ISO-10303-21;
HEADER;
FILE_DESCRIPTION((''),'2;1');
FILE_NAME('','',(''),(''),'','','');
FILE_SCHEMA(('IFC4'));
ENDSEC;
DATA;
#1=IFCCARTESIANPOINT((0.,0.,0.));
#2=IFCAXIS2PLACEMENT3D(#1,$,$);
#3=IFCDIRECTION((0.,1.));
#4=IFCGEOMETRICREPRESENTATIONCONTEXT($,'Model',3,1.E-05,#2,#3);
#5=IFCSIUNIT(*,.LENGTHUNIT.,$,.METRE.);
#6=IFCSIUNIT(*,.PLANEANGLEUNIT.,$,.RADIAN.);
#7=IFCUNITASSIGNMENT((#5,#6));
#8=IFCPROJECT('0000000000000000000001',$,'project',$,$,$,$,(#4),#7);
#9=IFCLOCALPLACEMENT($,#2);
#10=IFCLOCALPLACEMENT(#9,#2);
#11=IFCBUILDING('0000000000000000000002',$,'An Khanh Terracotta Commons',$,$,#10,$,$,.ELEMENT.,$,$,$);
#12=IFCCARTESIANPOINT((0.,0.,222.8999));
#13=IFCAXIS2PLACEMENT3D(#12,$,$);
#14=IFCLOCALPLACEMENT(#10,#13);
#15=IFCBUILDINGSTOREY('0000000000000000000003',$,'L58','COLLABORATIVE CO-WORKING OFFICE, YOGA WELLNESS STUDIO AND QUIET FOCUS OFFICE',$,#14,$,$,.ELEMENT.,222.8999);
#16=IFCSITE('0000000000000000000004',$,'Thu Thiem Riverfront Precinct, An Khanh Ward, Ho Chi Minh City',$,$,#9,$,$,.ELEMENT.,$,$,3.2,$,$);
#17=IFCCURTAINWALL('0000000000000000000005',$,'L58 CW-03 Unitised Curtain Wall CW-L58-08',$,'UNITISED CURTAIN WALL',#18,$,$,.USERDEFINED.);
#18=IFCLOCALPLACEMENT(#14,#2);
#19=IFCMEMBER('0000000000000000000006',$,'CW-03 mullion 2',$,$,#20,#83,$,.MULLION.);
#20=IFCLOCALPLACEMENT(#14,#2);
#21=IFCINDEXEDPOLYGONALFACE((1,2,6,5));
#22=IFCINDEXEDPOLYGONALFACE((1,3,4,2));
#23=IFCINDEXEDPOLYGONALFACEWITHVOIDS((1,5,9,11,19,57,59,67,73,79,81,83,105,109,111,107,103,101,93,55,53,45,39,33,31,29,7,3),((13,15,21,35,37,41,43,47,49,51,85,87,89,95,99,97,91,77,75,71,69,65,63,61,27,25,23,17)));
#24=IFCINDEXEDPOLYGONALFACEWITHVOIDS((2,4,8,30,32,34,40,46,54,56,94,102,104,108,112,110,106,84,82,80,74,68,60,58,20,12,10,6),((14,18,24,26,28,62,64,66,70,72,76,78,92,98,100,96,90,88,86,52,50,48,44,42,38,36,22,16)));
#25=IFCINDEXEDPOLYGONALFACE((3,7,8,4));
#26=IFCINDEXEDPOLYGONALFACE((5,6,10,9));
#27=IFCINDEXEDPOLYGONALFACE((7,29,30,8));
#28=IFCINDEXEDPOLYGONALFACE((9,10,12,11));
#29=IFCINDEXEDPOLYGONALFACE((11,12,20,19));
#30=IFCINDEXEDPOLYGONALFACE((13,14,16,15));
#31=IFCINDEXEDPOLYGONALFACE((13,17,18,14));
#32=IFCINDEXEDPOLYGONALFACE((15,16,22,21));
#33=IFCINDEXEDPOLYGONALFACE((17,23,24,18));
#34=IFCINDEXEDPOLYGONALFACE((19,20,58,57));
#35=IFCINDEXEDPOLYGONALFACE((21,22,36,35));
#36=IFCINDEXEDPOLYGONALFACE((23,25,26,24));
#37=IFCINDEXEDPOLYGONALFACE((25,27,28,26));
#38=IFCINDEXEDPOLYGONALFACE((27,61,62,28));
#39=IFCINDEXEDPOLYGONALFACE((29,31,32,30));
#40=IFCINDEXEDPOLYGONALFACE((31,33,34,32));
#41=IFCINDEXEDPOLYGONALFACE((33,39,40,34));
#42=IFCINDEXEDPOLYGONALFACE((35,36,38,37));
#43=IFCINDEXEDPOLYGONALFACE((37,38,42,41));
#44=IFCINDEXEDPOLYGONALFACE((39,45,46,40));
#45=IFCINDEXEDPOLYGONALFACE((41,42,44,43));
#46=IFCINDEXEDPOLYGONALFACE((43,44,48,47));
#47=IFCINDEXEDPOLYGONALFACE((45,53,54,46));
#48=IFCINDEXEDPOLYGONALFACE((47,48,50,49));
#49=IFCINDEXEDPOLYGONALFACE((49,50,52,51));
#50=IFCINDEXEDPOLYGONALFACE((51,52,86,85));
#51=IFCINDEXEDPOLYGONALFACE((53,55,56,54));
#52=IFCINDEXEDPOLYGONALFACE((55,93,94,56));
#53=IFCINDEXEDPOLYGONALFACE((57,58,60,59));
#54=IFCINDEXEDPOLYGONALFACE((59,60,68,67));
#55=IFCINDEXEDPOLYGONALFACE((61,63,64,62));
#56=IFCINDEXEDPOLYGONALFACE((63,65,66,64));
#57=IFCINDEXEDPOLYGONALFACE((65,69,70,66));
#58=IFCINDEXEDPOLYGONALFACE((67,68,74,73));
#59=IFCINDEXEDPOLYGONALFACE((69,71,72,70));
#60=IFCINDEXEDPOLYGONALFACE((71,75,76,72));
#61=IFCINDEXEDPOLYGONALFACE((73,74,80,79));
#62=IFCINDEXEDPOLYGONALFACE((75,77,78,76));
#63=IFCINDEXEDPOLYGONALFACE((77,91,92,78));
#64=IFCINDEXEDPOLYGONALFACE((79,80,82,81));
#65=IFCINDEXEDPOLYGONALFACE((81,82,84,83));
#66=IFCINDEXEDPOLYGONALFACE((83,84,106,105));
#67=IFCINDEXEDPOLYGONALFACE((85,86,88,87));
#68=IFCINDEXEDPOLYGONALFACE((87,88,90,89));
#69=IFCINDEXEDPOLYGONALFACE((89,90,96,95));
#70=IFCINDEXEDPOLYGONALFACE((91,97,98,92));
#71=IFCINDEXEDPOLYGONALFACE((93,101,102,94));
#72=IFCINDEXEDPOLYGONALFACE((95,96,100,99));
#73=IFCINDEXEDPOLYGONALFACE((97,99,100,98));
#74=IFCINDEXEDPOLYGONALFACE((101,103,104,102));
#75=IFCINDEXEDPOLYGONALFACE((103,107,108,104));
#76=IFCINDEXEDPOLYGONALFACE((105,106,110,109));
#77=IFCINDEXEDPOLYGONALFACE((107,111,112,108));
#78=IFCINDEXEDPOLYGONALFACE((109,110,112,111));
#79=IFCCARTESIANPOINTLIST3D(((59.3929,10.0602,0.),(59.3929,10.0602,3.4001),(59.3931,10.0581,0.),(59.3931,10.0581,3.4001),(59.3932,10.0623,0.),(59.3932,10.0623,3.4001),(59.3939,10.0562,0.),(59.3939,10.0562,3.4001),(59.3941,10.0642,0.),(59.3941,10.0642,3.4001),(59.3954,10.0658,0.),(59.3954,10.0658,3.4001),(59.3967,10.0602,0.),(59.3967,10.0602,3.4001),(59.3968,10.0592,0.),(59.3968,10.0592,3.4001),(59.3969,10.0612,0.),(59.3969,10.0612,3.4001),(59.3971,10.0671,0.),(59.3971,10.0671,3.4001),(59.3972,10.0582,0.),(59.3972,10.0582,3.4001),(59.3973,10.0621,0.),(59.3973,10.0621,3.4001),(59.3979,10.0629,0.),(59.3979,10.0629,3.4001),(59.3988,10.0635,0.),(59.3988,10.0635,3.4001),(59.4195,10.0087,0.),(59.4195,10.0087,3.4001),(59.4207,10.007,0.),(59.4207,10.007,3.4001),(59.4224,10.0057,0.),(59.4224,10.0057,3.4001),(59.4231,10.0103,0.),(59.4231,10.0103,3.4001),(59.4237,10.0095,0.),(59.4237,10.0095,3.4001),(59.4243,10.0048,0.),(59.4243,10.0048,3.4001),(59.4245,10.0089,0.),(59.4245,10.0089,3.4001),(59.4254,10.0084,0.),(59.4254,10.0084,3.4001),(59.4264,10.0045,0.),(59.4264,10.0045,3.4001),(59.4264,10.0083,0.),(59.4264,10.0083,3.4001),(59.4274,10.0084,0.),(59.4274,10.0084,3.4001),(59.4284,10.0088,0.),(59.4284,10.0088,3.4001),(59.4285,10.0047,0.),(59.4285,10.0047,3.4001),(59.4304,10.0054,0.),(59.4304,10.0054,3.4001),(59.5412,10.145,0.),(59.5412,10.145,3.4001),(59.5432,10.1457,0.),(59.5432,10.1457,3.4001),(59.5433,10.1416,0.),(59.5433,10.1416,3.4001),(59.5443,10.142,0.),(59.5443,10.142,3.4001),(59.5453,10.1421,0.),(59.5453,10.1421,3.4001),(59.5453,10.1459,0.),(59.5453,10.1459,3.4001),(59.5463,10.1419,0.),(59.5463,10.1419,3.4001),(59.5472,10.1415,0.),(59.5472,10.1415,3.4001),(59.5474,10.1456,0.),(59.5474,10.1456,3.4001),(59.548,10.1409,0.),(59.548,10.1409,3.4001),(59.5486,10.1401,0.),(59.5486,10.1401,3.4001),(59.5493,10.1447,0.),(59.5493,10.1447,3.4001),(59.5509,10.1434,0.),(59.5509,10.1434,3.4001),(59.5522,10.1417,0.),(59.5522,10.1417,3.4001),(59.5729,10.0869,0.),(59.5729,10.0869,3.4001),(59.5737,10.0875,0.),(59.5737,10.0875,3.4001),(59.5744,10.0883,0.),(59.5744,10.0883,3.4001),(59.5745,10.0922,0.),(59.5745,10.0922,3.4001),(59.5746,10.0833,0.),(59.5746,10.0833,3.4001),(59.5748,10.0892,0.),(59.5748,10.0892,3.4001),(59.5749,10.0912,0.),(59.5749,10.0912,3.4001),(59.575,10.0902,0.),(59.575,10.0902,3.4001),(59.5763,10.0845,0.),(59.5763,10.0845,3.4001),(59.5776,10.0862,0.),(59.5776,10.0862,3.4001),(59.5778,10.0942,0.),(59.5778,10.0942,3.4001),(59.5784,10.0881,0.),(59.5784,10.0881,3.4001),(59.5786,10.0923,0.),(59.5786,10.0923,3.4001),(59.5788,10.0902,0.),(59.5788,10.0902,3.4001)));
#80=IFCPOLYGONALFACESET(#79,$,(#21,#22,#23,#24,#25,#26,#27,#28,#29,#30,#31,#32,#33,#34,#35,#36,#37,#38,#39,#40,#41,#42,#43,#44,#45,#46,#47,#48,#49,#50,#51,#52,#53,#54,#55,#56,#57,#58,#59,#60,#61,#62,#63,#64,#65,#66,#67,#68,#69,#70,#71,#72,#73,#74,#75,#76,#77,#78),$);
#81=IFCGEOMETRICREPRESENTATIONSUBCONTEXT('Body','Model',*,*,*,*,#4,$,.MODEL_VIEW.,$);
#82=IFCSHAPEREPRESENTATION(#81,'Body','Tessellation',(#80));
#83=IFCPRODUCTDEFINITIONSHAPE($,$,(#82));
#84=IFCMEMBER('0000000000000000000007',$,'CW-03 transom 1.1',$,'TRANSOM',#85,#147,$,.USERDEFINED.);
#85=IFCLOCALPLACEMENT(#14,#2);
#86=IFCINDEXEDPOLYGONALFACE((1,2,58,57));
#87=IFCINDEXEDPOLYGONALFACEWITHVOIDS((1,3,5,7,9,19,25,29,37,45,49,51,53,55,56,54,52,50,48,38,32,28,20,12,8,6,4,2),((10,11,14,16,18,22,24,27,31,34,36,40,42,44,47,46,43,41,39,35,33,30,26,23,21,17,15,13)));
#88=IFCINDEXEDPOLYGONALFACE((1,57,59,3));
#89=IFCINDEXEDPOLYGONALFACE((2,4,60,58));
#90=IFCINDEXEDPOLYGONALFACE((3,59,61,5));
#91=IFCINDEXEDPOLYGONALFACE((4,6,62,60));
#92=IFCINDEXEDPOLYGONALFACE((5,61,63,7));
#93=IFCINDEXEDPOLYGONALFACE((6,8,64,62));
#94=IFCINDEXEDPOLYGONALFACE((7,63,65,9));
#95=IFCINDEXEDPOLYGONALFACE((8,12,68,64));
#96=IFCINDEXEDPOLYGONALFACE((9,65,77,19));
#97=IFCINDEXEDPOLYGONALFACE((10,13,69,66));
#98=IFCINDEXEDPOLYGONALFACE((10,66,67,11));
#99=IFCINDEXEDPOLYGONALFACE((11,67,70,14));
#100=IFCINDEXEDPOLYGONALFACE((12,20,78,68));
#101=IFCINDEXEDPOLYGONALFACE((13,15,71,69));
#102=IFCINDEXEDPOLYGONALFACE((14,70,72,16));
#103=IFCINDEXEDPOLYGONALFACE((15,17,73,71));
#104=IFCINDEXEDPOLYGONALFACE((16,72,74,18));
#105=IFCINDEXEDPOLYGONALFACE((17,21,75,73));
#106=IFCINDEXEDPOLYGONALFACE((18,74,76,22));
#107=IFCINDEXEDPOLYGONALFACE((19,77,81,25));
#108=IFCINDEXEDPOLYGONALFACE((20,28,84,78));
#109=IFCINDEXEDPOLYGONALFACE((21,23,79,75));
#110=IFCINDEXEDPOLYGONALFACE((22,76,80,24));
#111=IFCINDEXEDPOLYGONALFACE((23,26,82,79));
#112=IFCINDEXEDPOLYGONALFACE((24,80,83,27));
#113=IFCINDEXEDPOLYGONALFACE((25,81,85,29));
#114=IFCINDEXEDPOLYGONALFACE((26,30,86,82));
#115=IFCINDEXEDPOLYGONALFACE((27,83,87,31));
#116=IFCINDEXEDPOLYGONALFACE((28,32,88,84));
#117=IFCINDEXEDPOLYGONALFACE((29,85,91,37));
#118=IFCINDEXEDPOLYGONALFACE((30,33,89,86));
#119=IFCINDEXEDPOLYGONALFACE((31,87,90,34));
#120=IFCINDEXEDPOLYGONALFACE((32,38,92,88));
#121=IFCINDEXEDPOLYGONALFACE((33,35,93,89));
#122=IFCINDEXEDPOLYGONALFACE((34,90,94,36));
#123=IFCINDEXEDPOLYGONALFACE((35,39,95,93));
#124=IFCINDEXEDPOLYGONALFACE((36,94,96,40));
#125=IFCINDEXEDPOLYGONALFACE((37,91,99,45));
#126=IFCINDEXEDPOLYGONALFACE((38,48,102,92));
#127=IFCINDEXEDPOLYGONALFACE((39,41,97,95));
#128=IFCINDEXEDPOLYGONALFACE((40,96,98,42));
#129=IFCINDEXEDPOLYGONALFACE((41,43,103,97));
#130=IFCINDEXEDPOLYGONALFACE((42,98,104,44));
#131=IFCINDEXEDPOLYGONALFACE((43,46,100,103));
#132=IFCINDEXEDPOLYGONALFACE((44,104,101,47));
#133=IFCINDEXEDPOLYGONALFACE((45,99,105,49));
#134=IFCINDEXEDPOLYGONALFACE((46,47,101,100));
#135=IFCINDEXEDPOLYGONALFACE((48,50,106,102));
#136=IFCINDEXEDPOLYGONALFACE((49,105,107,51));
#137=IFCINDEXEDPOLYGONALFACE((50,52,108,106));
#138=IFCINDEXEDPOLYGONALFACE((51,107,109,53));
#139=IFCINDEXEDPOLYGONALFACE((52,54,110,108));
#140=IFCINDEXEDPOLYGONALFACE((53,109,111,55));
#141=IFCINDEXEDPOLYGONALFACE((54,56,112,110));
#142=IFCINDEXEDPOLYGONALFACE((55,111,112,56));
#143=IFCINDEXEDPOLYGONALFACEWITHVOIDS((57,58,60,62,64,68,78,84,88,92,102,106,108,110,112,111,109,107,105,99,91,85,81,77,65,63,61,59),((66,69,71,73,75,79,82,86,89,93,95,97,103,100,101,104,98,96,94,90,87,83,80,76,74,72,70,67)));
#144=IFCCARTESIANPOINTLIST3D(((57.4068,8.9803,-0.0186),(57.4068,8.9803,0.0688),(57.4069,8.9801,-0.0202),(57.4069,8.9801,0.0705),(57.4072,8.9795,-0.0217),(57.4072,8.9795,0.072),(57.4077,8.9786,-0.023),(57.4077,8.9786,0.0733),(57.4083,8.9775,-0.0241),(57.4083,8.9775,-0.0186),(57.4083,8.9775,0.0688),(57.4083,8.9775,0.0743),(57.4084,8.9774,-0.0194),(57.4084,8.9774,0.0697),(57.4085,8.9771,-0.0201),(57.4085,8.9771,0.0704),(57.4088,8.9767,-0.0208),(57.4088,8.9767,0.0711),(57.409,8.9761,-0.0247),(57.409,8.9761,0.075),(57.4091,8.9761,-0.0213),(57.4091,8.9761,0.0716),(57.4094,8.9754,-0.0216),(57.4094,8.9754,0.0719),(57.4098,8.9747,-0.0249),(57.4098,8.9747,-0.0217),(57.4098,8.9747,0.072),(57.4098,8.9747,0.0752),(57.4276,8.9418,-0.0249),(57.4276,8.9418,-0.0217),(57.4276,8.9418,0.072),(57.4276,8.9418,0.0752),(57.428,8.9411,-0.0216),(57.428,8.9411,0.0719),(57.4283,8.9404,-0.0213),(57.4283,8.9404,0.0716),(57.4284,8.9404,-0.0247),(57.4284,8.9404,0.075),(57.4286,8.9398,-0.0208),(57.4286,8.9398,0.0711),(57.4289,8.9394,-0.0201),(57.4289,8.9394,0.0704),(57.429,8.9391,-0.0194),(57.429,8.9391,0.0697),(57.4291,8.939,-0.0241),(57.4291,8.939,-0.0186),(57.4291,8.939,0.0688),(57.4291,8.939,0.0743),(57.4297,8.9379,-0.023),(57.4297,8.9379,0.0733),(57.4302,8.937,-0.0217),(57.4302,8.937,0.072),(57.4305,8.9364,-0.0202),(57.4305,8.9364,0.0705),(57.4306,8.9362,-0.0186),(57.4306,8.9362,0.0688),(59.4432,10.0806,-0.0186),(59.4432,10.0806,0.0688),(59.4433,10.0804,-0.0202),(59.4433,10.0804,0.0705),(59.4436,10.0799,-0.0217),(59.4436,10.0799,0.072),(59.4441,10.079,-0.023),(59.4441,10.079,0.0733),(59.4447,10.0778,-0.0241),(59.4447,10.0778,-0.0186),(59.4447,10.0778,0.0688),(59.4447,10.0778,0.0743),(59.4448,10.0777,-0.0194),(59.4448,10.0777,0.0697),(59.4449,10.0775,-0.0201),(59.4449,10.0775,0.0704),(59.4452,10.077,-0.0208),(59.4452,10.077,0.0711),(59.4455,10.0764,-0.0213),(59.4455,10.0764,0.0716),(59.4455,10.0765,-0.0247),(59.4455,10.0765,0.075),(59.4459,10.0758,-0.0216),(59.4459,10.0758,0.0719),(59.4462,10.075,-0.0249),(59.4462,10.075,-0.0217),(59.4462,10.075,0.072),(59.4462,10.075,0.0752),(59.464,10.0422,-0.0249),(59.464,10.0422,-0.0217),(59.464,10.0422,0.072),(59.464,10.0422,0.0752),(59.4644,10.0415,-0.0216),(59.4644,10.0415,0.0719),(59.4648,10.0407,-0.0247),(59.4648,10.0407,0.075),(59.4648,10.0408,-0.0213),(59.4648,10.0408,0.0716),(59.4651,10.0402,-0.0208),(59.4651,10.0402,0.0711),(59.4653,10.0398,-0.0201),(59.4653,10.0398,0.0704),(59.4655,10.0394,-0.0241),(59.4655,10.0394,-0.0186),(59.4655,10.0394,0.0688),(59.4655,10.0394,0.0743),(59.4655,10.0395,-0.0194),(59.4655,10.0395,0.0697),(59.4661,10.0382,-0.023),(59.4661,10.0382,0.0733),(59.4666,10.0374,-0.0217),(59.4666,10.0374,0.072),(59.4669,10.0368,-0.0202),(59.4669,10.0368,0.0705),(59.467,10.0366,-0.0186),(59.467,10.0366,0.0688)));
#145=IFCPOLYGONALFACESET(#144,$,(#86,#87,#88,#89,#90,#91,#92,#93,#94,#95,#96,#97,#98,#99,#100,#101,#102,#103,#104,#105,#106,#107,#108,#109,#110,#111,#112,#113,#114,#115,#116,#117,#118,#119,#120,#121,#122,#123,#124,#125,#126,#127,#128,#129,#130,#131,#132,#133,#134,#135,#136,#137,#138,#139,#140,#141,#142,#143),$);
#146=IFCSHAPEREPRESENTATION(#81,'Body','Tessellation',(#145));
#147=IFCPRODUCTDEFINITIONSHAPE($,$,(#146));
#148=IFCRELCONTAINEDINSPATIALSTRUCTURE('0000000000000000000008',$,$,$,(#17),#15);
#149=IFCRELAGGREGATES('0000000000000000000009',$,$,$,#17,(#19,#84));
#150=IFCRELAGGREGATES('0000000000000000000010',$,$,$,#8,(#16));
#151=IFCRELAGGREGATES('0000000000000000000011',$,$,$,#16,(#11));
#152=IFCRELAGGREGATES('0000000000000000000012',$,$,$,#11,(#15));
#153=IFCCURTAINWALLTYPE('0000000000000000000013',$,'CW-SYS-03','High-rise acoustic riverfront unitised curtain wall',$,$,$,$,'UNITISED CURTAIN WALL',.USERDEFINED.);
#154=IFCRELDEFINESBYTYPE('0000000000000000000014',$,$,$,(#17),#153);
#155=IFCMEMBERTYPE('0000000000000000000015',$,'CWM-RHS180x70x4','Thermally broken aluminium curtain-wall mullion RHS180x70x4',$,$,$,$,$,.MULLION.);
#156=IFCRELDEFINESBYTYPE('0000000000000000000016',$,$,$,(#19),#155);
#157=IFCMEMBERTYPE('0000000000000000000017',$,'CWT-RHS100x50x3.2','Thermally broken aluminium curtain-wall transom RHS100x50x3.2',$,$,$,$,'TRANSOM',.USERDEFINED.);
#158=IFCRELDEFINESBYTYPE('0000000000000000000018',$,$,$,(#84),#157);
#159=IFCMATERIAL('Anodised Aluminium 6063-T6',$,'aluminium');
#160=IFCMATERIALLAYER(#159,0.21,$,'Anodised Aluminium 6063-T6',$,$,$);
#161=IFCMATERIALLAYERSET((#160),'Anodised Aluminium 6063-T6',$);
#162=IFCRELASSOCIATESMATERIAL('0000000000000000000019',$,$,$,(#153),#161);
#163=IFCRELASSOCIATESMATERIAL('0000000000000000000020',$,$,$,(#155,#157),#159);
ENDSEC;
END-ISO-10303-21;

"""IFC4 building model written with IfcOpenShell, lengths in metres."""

from ifc_helpers import new_model, si_unit, direction, frame, origin, origin_2d, place, context, subcontext, project, spatial, hollow_rectangle, extrude, material, layer, layer_set, material_profile, profile_set, type_object, element, aggregate, save


model = new_model("IFC4")

# Units and contexts
model_context = context("Model", 3, precision=1e-05, world=origin(), true_north=direction((0.0, 1.0)))
body_context = subcontext(model_context, "Body", "Model", "MODEL_VIEW")
ifc_project = project(units=[si_unit("LENGTHUNIT", "METRE"), si_unit("PLANEANGLEUNIT", "RADIAN")], contexts=[model_context])

# Site, building, storey
site_placement = place(None, origin())
site = spatial("IfcSite", under=ifc_project, at=site_placement, Name="Thu Thiem Riverfront Precinct, An Khanh Ward, Ho Chi Minh City", CompositionType="ELEMENT", RefElevation=3.2)
building_placement = place(site_placement, origin())
building = spatial("IfcBuilding", under=site, at=building_placement, Name="An Khanh Terracotta Commons", CompositionType="ELEMENT")
storey_placement = place(building_placement, frame((0.0, 0.0, 222.8999)))
storey = spatial("IfcBuildingStorey", under=building, at=storey_placement, Name="L58", Description="COLLABORATIVE CO-WORKING OFFICE, YOGA WELLNESS STUDIO AND QUIET FOCUS OFFICE", CompositionType="ELEMENT", Elevation=222.8999)

# Curtain wall, members
ifc_material_1 = material(Name="Anodised Aluminium 6063-T6", Category="aluminium")
ifc_layer_1 = layer(ifc_material_1, 0.21, Name="Anodised Aluminium 6063-T6")
ifc_layer_set_1 = layer_set([ifc_layer_1], Name="Anodised Aluminium 6063-T6")
curtain_wall_type = type_object("IfcCurtainWallType", Name="CW-SYS-03", Description="High-rise acoustic riverfront unitised curtain wall", ElementType="UNITISED CURTAIN WALL", PredefinedType="USERDEFINED", material=ifc_layer_set_1)
curtain_wall_placement = place(storey_placement, origin())
curtain_wall = element("IfcCurtainWall", 1, at=curtain_wall_placement, inside=storey, type_object=curtain_wall_type, Name="L58 CW-03 Unitised Curtain Wall CW-L58-08", ObjectType="UNITISED CURTAIN WALL", PredefinedType="USERDEFINED")
ifc_material_profile_1 = material_profile(ifc_material_1, hollow_rectangle(XDim=0.0701, YDim=0.1799, WallThickness=0.0039, InnerFilletRadius=0.0039, OuterFilletRadius=0.0081, at=origin_2d()), Name="RHS180x70x4")
ifc_profile_set_1 = profile_set([ifc_material_profile_1], Name="Anodised Aluminium 6063-T6")
member_type_1 = type_object("IfcMemberType", Name="CWM-RHS180x70x4", Description="Thermally broken aluminium curtain-wall mullion RHS180x70x4", PredefinedType="MULLION", material=ifc_profile_set_1)
member_1_placement = place(storey_placement, frame((59.4858, 10.0752, 0.0), z_axis=(0.0, 0.0, 1.0), x_axis=(-0.475381, 0.87978, 0.0)))
member_1 = element("IfcMember", 2, at=member_1_placement, type_object=member_type_1, Name="CW-03 mullion 2", PredefinedType="MULLION", context=body_context, shape_type="SweptSolid", body=[
    extrude(hollow_rectangle(XDim=0.0701, YDim=0.1799, WallThickness=0.0039, InnerFilletRadius=0.0039, OuterFilletRadius=0.0081, at=origin_2d()), origin(), (0.0, 0.0, 1.0), 3.4001),
])
ifc_material_profile_2 = material_profile(ifc_material_1, hollow_rectangle(XDim=0.05, YDim=0.1001, WallThickness=0.0032, InnerFilletRadius=0.0032, OuterFilletRadius=0.0063, at=origin_2d()), Name="RHS100x50x3.2")
ifc_profile_set_2 = profile_set([ifc_material_profile_2], Name="Anodised Aluminium 6063-T6")
member_type_2 = type_object("IfcMemberType", Name="CWT-RHS100x50x3.2", Description="Thermally broken aluminium curtain-wall transom RHS100x50x3.2", ElementType="TRANSOM", PredefinedType="USERDEFINED", material=ifc_profile_set_2)
member_2_placement = place(storey_placement, frame((57.4187, 8.9583, 0.0251), z_axis=(0.879779, 0.475382, 0.0), x_axis=(-0.475382, 0.879779, 0.0)))
member_2 = element("IfcMember", 3, at=member_2_placement, type_object=member_type_2, Name="CW-03 transom 1.1", ObjectType="TRANSOM", PredefinedType="USERDEFINED", context=body_context, shape_type="SweptSolid", body=[
    extrude(hollow_rectangle(XDim=0.05, YDim=0.1001, WallThickness=0.0032, InnerFilletRadius=0.0032, OuterFilletRadius=0.0063, at=origin_2d()), origin(), (0.0, 0.0, 1.0), 2.3147),
])
aggregate(curtain_wall, [member_1, member_2])

save(model, "model.ifc")
